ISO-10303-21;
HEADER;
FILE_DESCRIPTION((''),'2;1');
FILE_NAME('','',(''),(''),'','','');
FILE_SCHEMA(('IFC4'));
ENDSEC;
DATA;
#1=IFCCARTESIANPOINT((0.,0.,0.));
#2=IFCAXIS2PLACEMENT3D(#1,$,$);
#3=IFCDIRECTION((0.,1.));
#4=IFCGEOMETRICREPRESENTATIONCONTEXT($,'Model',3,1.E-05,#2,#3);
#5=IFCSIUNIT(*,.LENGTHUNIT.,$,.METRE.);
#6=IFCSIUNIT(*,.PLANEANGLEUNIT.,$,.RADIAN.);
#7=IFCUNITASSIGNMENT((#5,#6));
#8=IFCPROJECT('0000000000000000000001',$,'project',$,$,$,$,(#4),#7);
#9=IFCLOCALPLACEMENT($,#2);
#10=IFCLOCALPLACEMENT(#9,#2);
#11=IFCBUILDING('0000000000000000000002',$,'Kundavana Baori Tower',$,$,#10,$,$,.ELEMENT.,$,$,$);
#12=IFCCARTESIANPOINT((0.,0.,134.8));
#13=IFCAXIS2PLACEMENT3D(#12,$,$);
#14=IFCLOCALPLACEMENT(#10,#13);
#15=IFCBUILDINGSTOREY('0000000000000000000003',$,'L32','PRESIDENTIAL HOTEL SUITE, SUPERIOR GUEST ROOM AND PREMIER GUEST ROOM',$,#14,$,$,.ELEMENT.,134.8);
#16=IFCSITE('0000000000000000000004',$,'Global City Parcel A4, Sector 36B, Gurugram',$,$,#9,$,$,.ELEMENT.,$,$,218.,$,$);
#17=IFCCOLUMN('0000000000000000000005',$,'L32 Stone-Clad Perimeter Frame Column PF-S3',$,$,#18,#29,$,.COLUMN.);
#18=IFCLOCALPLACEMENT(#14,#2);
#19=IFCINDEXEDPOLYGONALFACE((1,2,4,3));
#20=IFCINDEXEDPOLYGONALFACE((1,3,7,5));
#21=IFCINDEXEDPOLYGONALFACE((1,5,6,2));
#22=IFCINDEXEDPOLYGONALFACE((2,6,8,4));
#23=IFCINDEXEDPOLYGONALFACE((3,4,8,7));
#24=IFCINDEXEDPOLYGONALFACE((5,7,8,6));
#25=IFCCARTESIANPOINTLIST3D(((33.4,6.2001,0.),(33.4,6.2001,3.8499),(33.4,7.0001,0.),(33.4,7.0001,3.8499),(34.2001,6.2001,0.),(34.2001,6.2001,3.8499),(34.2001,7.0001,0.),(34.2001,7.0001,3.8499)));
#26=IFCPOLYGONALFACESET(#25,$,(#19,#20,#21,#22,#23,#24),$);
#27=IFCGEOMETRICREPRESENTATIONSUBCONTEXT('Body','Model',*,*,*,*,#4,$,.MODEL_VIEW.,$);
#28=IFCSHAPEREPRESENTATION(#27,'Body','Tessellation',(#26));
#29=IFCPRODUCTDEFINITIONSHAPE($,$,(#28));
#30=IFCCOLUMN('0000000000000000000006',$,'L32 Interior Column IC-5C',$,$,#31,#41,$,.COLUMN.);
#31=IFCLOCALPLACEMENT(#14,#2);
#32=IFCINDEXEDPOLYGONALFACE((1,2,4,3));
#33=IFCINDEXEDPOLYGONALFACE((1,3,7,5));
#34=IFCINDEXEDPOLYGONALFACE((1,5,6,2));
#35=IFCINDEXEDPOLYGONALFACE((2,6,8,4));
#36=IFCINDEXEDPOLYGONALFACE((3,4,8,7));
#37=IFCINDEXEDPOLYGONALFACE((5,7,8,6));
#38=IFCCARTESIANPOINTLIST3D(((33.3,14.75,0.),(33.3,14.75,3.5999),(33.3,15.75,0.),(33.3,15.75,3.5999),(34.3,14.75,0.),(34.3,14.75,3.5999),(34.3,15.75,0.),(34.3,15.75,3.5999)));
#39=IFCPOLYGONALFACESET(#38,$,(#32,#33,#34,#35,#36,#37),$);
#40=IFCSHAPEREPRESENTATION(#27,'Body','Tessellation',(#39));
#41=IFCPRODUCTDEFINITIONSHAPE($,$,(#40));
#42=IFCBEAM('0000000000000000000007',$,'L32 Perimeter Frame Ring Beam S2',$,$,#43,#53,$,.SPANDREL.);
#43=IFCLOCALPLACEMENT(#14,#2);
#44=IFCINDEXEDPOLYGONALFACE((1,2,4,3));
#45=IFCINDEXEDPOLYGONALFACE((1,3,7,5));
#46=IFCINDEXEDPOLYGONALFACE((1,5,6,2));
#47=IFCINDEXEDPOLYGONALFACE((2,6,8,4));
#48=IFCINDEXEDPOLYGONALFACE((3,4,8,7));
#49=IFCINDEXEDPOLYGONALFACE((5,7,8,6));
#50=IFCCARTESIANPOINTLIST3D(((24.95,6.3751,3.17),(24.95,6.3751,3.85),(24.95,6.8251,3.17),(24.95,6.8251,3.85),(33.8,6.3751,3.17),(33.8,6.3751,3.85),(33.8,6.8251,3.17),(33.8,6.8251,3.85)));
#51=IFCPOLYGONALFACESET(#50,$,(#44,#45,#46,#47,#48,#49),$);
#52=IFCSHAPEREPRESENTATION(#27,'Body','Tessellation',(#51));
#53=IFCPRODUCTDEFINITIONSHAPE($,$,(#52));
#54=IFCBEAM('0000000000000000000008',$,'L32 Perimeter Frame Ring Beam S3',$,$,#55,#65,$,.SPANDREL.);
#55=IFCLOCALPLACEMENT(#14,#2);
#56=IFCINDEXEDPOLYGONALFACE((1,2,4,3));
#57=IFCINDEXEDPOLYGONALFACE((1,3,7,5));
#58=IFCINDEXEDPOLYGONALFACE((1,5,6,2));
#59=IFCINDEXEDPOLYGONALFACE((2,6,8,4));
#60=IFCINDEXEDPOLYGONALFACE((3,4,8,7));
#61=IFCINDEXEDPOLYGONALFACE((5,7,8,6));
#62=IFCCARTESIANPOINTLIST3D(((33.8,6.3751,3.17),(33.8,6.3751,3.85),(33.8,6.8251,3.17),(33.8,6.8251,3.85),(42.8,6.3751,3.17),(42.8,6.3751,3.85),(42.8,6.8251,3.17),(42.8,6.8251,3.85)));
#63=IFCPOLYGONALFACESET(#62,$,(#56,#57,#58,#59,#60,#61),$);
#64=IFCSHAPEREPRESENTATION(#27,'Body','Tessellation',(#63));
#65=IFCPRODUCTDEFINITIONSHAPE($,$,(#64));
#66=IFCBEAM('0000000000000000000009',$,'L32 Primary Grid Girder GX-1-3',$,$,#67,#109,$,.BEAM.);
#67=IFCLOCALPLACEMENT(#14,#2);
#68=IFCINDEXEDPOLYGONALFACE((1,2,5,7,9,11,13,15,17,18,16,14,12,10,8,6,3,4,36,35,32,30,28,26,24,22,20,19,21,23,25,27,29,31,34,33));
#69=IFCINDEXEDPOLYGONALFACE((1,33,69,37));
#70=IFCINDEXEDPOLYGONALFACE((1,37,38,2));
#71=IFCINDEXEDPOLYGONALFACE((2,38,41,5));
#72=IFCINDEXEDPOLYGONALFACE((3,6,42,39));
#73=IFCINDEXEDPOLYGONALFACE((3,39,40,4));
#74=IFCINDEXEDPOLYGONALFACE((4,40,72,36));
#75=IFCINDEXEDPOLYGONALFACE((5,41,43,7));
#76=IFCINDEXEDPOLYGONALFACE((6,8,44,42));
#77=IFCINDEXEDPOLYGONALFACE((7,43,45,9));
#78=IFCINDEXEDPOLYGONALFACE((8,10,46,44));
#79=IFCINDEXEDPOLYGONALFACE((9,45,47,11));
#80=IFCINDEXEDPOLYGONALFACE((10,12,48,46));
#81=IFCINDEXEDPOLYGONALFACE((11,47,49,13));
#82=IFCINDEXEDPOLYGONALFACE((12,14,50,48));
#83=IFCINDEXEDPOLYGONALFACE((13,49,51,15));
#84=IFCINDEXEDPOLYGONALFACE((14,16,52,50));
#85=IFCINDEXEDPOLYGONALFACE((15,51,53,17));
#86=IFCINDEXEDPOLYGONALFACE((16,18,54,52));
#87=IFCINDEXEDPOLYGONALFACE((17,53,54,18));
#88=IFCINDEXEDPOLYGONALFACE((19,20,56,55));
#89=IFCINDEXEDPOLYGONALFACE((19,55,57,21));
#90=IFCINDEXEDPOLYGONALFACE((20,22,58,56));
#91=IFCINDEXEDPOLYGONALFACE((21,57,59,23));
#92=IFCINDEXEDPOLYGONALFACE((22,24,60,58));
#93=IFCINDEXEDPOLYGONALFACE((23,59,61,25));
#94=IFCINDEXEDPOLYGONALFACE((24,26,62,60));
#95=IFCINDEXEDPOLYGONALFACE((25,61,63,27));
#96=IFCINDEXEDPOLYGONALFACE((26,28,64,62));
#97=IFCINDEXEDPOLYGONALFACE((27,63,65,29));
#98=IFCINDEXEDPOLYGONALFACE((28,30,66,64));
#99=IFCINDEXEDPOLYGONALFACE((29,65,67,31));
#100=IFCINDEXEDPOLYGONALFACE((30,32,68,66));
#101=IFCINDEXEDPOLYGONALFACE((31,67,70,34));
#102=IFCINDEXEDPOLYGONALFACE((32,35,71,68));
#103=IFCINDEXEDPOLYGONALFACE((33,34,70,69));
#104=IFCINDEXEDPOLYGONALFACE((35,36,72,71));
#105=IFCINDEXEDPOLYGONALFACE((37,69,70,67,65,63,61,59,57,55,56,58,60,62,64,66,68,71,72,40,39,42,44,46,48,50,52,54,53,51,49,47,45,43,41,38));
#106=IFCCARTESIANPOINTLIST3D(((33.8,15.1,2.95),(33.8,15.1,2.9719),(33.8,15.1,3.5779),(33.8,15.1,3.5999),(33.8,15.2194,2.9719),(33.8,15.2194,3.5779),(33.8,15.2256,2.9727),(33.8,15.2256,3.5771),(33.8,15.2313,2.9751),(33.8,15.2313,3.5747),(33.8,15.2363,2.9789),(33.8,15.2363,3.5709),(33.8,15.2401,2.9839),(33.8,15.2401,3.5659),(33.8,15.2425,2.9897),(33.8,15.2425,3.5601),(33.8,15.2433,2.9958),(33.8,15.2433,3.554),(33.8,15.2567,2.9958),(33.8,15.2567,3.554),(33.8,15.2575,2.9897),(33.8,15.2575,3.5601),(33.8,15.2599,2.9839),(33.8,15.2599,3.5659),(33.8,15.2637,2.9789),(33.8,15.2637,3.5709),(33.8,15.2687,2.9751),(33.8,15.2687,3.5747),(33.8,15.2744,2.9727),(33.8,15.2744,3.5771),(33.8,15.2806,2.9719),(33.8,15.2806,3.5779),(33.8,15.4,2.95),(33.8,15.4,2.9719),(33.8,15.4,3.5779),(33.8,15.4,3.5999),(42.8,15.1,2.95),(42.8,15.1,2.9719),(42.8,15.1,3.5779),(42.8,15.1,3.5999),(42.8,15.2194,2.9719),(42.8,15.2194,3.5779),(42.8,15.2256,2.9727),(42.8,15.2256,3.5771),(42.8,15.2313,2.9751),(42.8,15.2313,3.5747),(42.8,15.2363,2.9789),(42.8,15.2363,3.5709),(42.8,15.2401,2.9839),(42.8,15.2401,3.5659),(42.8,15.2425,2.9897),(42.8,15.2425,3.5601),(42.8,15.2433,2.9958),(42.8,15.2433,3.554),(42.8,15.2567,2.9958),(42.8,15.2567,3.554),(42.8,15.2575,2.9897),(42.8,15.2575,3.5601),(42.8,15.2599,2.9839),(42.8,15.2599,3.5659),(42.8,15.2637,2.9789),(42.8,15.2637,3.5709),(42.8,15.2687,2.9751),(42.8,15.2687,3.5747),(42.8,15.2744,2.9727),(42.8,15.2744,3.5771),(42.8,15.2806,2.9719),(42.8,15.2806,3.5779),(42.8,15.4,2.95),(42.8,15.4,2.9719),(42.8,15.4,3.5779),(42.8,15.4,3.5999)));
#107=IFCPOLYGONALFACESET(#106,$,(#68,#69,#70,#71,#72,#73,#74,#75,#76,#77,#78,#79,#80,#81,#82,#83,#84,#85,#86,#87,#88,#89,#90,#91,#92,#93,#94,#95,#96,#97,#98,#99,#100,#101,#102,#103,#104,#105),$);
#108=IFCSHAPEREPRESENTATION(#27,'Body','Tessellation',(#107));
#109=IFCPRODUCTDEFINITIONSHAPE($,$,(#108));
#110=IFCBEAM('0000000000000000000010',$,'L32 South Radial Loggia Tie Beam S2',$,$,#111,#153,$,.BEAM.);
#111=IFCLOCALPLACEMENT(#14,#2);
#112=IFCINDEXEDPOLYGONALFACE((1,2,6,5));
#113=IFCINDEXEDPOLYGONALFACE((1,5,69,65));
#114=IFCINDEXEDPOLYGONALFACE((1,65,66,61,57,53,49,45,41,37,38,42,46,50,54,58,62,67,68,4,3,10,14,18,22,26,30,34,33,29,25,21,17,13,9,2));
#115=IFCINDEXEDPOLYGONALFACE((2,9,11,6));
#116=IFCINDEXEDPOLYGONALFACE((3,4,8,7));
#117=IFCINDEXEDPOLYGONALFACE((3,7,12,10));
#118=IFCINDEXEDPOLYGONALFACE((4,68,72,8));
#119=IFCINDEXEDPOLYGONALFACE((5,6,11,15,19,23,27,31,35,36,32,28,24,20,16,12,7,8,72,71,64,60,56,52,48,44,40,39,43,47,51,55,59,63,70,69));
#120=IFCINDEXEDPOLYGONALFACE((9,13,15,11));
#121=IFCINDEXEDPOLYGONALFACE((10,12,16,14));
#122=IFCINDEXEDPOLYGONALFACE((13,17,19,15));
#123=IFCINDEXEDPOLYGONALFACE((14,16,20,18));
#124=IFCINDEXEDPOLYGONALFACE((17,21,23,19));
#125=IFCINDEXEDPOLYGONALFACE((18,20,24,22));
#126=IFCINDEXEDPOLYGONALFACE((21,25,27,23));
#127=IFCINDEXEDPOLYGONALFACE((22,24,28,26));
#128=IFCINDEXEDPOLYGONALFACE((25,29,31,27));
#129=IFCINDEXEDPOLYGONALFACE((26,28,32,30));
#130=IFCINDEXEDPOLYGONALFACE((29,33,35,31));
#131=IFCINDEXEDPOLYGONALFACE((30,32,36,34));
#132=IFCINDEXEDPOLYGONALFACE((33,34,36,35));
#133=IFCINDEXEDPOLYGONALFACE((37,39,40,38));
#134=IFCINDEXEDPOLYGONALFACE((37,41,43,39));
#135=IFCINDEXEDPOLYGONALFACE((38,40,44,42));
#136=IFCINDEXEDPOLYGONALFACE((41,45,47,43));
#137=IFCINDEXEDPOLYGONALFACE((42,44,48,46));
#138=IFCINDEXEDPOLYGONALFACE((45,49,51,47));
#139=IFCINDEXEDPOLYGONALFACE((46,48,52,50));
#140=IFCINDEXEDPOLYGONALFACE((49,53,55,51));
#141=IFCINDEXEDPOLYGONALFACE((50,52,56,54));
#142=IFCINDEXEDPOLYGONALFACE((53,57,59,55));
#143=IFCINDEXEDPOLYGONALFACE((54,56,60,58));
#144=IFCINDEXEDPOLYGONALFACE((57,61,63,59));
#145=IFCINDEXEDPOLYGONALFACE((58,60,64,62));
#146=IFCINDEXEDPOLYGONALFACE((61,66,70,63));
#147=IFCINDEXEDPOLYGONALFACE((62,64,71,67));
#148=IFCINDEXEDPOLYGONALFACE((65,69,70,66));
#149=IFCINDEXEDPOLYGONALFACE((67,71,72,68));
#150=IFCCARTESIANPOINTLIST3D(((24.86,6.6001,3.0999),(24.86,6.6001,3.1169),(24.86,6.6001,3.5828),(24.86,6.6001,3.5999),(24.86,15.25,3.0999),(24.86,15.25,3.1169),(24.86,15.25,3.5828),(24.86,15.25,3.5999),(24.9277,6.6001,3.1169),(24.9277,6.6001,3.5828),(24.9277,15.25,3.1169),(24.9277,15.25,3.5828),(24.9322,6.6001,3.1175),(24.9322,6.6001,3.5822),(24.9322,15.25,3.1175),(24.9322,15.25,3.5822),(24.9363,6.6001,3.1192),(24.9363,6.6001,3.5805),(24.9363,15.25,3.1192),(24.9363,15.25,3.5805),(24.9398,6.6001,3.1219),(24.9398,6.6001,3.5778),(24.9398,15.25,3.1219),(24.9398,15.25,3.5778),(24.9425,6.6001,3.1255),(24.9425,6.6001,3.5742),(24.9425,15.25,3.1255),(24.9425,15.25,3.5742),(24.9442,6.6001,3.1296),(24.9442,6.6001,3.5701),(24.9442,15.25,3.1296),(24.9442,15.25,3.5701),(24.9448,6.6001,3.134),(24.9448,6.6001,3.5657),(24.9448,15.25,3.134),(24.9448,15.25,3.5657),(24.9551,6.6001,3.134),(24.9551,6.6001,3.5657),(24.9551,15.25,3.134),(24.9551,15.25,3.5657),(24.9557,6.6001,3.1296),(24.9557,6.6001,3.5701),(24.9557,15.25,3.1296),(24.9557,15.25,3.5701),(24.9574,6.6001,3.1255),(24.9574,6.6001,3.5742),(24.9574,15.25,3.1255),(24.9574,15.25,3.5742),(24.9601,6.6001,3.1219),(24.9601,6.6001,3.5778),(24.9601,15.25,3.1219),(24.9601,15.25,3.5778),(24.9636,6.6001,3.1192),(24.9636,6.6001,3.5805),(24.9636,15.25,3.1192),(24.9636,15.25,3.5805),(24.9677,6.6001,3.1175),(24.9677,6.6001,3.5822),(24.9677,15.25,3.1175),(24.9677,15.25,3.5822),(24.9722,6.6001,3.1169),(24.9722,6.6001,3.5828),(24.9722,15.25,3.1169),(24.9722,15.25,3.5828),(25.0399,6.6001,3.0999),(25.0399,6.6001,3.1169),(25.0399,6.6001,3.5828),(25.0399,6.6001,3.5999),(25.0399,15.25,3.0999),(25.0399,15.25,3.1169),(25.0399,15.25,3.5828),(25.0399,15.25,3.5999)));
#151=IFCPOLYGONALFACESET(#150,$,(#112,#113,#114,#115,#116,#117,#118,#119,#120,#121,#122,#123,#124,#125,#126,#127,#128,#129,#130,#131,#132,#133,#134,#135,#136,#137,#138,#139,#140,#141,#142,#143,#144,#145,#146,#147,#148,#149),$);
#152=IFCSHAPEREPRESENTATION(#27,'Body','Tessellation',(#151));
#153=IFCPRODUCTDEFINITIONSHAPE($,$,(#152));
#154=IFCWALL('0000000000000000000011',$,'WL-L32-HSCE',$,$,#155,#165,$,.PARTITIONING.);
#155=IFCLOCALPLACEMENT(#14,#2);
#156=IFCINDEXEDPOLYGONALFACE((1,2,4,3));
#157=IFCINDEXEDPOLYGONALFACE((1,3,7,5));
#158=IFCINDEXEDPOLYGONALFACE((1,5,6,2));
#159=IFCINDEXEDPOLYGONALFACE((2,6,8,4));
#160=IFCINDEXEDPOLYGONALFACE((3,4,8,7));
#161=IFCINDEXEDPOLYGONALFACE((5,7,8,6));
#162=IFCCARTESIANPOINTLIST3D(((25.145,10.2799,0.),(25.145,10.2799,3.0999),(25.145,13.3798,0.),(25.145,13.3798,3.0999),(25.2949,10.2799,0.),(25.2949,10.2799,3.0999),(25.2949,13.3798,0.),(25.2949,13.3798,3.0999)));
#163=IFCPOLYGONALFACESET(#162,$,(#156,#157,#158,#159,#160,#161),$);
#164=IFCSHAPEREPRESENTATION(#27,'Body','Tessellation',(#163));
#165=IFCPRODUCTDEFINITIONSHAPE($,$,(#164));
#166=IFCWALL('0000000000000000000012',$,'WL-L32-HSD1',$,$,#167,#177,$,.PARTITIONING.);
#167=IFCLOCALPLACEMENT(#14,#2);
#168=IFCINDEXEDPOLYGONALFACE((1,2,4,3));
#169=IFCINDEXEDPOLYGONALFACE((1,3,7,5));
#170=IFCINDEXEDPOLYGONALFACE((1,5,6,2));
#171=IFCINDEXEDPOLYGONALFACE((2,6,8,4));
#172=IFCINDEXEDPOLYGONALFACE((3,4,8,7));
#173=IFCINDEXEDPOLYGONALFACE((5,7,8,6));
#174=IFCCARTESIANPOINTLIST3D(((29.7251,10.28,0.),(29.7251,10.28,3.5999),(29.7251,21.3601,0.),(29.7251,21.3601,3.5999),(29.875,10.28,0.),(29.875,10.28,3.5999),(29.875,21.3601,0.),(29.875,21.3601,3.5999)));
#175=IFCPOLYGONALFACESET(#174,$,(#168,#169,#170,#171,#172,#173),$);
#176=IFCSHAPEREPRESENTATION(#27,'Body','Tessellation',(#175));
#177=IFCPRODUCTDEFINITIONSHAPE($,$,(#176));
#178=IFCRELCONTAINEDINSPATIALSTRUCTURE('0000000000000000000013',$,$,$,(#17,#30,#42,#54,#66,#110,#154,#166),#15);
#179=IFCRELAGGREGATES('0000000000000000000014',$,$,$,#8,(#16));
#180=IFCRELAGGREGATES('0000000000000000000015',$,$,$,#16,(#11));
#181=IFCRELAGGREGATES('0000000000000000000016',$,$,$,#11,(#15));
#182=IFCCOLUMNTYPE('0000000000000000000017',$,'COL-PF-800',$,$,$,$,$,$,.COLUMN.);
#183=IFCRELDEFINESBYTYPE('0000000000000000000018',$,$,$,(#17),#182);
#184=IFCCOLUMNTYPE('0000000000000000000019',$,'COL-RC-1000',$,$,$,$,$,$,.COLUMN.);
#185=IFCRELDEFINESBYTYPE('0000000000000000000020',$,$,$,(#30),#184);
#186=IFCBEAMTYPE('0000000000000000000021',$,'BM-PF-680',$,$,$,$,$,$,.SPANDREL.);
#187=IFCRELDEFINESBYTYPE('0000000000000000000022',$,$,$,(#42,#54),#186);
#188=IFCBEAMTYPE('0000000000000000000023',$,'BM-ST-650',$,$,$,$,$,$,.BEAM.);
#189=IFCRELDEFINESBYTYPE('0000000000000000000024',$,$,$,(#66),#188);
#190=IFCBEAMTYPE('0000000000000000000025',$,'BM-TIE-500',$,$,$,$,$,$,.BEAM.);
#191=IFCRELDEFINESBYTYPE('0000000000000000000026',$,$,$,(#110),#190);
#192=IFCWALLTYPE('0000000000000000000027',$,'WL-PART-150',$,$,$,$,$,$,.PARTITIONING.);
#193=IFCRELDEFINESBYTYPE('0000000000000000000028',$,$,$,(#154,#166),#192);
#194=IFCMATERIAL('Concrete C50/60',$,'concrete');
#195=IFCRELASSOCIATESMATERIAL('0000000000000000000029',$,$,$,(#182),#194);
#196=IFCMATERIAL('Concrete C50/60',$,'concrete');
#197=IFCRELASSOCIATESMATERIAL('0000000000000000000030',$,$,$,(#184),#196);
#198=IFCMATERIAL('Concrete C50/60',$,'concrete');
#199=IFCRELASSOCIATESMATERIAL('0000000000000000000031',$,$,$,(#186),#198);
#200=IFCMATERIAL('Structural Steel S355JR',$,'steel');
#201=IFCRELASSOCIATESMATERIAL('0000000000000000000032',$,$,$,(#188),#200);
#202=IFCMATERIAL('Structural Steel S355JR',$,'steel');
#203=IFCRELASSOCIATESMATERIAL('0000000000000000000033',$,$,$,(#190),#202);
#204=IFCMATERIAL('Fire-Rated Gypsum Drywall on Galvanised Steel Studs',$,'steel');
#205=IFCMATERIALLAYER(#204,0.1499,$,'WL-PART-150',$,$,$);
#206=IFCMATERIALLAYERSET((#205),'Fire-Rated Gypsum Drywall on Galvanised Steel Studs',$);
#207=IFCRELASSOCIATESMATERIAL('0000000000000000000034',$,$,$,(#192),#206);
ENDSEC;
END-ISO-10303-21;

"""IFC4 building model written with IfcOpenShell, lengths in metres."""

from ifc_helpers import new_model, si_unit, direction, frame, frame_2d, origin, origin_2d, place, context, subcontext, project, spatial, rectangle, i_section, extrude, material, layer, layer_set, material_profile, profile_set, type_object, element, save


model = new_model("IFC4")

# Units and contexts
model_context = context("Model", 3, precision=1e-05, world=origin(), true_north=direction((0.0, 1.0)))
body_context = subcontext(model_context, "Body", "Model", "MODEL_VIEW")
ifc_project = project(units=[si_unit("LENGTHUNIT", "METRE"), si_unit("PLANEANGLEUNIT", "RADIAN")], contexts=[model_context])

# Site, building, storey
site_placement = place(None, origin())
site = spatial("IfcSite", under=ifc_project, at=site_placement, Name="Global City Parcel A4, Sector 36B, Gurugram", CompositionType="ELEMENT", RefElevation=218.0)
building_placement = place(site_placement, origin())
building = spatial("IfcBuilding", under=site, at=building_placement, Name="Kundavana Baori Tower", CompositionType="ELEMENT")
storey_placement = place(building_placement, frame((0.0, 0.0, 134.8)))
storey = spatial("IfcBuildingStorey", under=building, at=storey_placement, Name="L32", Description="PRESIDENTIAL HOTEL SUITE, SUPERIOR GUEST ROOM AND PREMIER GUEST ROOM", CompositionType="ELEMENT", Elevation=134.8)

# Columns
ifc_material_1 = material(Name="Concrete C50/60", Category="concrete")
ifc_material_profile_1 = material_profile(ifc_material_1, rectangle(XDim=0.8, YDim=0.8, at=origin_2d()), Name="RC PF 800x800")
ifc_profile_set_1 = profile_set([ifc_material_profile_1], Name="Concrete C50/60")
column_type_1 = type_object("IfcColumnType", Name="COL-PF-800", PredefinedType="COLUMN", material=ifc_profile_set_1)
column_1_placement = place(storey_placement, frame((33.8, 6.6001, 0.0), z_axis=(0.0, 0.0, 1.0), x_axis=(1.0, 0.0, 0.0)))
element("IfcColumn", 1, at=column_1_placement, inside=storey, type_object=column_type_1, Name="L32 Stone-Clad Perimeter Frame Column PF-S3", PredefinedType="COLUMN", context=body_context, shape_type="SweptSolid", body=[
    extrude(rectangle(XDim=0.8, YDim=0.8, at=origin_2d()), origin(), (0.0, 0.0, 1.0), 3.8499),
])
ifc_material_2 = material(Name="Concrete C50/60", Category="concrete")
ifc_material_profile_2 = material_profile(ifc_material_2, rectangle(XDim=1.0, YDim=1.0, at=origin_2d()), Name="RC 1000x1000")
ifc_profile_set_2 = profile_set([ifc_material_profile_2], Name="Concrete C50/60")
column_type_2 = type_object("IfcColumnType", Name="COL-RC-1000", PredefinedType="COLUMN", material=ifc_profile_set_2)
column_2_placement = place(storey_placement, frame((33.8, 15.25, 0.0), z_axis=(0.0, 0.0, 1.0), x_axis=(1.0, 0.0, 0.0)))
element("IfcColumn", 2, at=column_2_placement, inside=storey, type_object=column_type_2, Name="L32 Interior Column IC-5C", PredefinedType="COLUMN", context=body_context, shape_type="SweptSolid", body=[
    extrude(rectangle(XDim=1.0, YDim=1.0, at=origin_2d()), origin(), (0.0, 0.0, 1.0), 3.5999),
])

# Beams
ifc_material_3 = material(Name="Concrete C50/60", Category="concrete")
ifc_material_profile_3 = material_profile(ifc_material_3, rectangle(XDim=0.45, YDim=0.6799, at=origin_2d()), Name="RC BM 450x680")
ifc_profile_set_3 = profile_set([ifc_material_profile_3], Name="Concrete C50/60")
beam_type_1 = type_object("IfcBeamType", Name="BM-PF-680", PredefinedType="SPANDREL", material=ifc_profile_set_3)
beam_1_placement = place(storey_placement, frame((24.95, 6.6001, 3.51), z_axis=(1.0, 0.0, 0.0), x_axis=(0.0, 1.0, 0.0)))
element("IfcBeam", 3, at=beam_1_placement, inside=storey, type_object=beam_type_1, Name="L32 Perimeter Frame Ring Beam S2", PredefinedType="SPANDREL", context=body_context, shape_type="SweptSolid", body=[
    extrude(rectangle(XDim=0.45, YDim=0.6799, at=origin_2d()), origin(), (0.0, 0.0, 1.0), 8.8501),
])
beam_2_placement = place(storey_placement, frame((33.8, 6.6001, 3.51), z_axis=(1.0, 0.0, 0.0), x_axis=(0.0, 1.0, 0.0)))
element("IfcBeam", 4, at=beam_2_placement, inside=storey, type_object=beam_type_1, Name="L32 Perimeter Frame Ring Beam S3", PredefinedType="SPANDREL", context=body_context, shape_type="SweptSolid", body=[
    extrude(rectangle(XDim=0.45, YDim=0.6799, at=origin_2d()), origin(), (0.0, 0.0, 1.0), 9.0),
])
ifc_material_4 = material(Name="Structural Steel S355JR", Category="steel")
ifc_material_profile_4 = material_profile(ifc_material_4, i_section(OverallWidth=0.3, OverallDepth=0.6499, WebThickness=0.0134, FlangeThickness=0.022, FilletRadius=0.0239, at=origin_2d()), Name="NPB 650x300x155")
ifc_profile_set_4 = profile_set([ifc_material_profile_4], Name="Structural Steel S355JR")
beam_type_2 = type_object("IfcBeamType", Name="BM-ST-650", PredefinedType="BEAM", material=ifc_profile_set_4)
beam_3_placement = place(storey_placement, frame((33.8, 15.25, 3.2749), z_axis=(1.0, 0.0, 0.0), x_axis=(0.0, 1.0, 0.0)))
element("IfcBeam", 5, at=beam_3_placement, inside=storey, type_object=beam_type_2, Name="L32 Primary Grid Girder GX-1-3", PredefinedType="BEAM", context=body_context, shape_type="SweptSolid", body=[
    extrude(i_section(OverallWidth=0.3, OverallDepth=0.6499, WebThickness=0.0134, FlangeThickness=0.022, FilletRadius=0.0239, at=origin_2d()), origin(), (0.0, 0.0, 1.0), 9.0),
])
ifc_material_5 = material(Name="Structural Steel S355JR", Category="steel")
ifc_material_profile_5 = material_profile(ifc_material_5, i_section(OverallWidth=0.1799, OverallDepth=0.5, WebThickness=0.0103, FlangeThickness=0.0171, FilletRadius=0.0171, at=origin_2d()), Name="ISMB 500")
ifc_profile_set_5 = profile_set([ifc_material_profile_5], Name="Structural Steel S355JR")
beam_type_3 = type_object("IfcBeamType", Name="BM-TIE-500", PredefinedType="BEAM", material=ifc_profile_set_5)
beam_4_placement = place(storey_placement, frame((24.95, 15.25, 3.3499), z_axis=(0.0, -1.0, 0.0), x_axis=(1.0, 0.0, 0.0)))
element("IfcBeam", 6, at=beam_4_placement, inside=storey, type_object=beam_type_3, Name="L32 South Radial Loggia Tie Beam S2", PredefinedType="BEAM", context=body_context, shape_type="SweptSolid", body=[
    extrude(i_section(OverallWidth=0.1799, OverallDepth=0.5, WebThickness=0.0103, FlangeThickness=0.0171, FilletRadius=0.0171, at=origin_2d()), origin(), (0.0, 0.0, 1.0), 8.6499),
])

# Walls
ifc_material_6 = material(Name="Fire-Rated Gypsum Drywall on Galvanised Steel Studs", Category="steel")
ifc_layer_1 = layer(ifc_material_6, 0.1499, Name="WL-PART-150")
ifc_layer_set_1 = layer_set([ifc_layer_1], Name="Fire-Rated Gypsum Drywall on Galvanised Steel Studs")
wall_type_1 = type_object("IfcWallType", Name="WL-PART-150", PredefinedType="PARTITIONING", material=ifc_layer_set_1)
wall_1_placement = place(storey_placement, frame((25.22, 10.28, 0.0), z_axis=(0.0, 0.0, 1.0), x_axis=(0.0, 1.0, 0.0)))
element("IfcWall", 7, at=wall_1_placement, inside=storey, type_object=wall_type_1, Name="WL-L32-HSCE", PredefinedType="PARTITIONING", context=body_context, shape_type="SweptSolid", body=[
    extrude(rectangle(XDim=3.0999, YDim=0.1499, at=frame_2d((1.5498, 0.0))), origin(), (0.0, 0.0, 1.0), 3.0999),
])
wall_2_placement = place(storey_placement, frame((29.8, 10.28, 0.0), z_axis=(0.0, 0.0, 1.0), x_axis=(0.0, 1.0, 0.0)))
element("IfcWall", 8, at=wall_2_placement, inside=storey, type_object=wall_type_1, Name="WL-L32-HSD1", PredefinedType="PARTITIONING", context=body_context, shape_type="SweptSolid", body=[
    extrude(rectangle(XDim=11.0801, YDim=0.1499, at=frame_2d((5.54, 0.0))), origin(), (0.0, 0.0, 1.0), 3.5999),
])

save(model, "model.ifc")
